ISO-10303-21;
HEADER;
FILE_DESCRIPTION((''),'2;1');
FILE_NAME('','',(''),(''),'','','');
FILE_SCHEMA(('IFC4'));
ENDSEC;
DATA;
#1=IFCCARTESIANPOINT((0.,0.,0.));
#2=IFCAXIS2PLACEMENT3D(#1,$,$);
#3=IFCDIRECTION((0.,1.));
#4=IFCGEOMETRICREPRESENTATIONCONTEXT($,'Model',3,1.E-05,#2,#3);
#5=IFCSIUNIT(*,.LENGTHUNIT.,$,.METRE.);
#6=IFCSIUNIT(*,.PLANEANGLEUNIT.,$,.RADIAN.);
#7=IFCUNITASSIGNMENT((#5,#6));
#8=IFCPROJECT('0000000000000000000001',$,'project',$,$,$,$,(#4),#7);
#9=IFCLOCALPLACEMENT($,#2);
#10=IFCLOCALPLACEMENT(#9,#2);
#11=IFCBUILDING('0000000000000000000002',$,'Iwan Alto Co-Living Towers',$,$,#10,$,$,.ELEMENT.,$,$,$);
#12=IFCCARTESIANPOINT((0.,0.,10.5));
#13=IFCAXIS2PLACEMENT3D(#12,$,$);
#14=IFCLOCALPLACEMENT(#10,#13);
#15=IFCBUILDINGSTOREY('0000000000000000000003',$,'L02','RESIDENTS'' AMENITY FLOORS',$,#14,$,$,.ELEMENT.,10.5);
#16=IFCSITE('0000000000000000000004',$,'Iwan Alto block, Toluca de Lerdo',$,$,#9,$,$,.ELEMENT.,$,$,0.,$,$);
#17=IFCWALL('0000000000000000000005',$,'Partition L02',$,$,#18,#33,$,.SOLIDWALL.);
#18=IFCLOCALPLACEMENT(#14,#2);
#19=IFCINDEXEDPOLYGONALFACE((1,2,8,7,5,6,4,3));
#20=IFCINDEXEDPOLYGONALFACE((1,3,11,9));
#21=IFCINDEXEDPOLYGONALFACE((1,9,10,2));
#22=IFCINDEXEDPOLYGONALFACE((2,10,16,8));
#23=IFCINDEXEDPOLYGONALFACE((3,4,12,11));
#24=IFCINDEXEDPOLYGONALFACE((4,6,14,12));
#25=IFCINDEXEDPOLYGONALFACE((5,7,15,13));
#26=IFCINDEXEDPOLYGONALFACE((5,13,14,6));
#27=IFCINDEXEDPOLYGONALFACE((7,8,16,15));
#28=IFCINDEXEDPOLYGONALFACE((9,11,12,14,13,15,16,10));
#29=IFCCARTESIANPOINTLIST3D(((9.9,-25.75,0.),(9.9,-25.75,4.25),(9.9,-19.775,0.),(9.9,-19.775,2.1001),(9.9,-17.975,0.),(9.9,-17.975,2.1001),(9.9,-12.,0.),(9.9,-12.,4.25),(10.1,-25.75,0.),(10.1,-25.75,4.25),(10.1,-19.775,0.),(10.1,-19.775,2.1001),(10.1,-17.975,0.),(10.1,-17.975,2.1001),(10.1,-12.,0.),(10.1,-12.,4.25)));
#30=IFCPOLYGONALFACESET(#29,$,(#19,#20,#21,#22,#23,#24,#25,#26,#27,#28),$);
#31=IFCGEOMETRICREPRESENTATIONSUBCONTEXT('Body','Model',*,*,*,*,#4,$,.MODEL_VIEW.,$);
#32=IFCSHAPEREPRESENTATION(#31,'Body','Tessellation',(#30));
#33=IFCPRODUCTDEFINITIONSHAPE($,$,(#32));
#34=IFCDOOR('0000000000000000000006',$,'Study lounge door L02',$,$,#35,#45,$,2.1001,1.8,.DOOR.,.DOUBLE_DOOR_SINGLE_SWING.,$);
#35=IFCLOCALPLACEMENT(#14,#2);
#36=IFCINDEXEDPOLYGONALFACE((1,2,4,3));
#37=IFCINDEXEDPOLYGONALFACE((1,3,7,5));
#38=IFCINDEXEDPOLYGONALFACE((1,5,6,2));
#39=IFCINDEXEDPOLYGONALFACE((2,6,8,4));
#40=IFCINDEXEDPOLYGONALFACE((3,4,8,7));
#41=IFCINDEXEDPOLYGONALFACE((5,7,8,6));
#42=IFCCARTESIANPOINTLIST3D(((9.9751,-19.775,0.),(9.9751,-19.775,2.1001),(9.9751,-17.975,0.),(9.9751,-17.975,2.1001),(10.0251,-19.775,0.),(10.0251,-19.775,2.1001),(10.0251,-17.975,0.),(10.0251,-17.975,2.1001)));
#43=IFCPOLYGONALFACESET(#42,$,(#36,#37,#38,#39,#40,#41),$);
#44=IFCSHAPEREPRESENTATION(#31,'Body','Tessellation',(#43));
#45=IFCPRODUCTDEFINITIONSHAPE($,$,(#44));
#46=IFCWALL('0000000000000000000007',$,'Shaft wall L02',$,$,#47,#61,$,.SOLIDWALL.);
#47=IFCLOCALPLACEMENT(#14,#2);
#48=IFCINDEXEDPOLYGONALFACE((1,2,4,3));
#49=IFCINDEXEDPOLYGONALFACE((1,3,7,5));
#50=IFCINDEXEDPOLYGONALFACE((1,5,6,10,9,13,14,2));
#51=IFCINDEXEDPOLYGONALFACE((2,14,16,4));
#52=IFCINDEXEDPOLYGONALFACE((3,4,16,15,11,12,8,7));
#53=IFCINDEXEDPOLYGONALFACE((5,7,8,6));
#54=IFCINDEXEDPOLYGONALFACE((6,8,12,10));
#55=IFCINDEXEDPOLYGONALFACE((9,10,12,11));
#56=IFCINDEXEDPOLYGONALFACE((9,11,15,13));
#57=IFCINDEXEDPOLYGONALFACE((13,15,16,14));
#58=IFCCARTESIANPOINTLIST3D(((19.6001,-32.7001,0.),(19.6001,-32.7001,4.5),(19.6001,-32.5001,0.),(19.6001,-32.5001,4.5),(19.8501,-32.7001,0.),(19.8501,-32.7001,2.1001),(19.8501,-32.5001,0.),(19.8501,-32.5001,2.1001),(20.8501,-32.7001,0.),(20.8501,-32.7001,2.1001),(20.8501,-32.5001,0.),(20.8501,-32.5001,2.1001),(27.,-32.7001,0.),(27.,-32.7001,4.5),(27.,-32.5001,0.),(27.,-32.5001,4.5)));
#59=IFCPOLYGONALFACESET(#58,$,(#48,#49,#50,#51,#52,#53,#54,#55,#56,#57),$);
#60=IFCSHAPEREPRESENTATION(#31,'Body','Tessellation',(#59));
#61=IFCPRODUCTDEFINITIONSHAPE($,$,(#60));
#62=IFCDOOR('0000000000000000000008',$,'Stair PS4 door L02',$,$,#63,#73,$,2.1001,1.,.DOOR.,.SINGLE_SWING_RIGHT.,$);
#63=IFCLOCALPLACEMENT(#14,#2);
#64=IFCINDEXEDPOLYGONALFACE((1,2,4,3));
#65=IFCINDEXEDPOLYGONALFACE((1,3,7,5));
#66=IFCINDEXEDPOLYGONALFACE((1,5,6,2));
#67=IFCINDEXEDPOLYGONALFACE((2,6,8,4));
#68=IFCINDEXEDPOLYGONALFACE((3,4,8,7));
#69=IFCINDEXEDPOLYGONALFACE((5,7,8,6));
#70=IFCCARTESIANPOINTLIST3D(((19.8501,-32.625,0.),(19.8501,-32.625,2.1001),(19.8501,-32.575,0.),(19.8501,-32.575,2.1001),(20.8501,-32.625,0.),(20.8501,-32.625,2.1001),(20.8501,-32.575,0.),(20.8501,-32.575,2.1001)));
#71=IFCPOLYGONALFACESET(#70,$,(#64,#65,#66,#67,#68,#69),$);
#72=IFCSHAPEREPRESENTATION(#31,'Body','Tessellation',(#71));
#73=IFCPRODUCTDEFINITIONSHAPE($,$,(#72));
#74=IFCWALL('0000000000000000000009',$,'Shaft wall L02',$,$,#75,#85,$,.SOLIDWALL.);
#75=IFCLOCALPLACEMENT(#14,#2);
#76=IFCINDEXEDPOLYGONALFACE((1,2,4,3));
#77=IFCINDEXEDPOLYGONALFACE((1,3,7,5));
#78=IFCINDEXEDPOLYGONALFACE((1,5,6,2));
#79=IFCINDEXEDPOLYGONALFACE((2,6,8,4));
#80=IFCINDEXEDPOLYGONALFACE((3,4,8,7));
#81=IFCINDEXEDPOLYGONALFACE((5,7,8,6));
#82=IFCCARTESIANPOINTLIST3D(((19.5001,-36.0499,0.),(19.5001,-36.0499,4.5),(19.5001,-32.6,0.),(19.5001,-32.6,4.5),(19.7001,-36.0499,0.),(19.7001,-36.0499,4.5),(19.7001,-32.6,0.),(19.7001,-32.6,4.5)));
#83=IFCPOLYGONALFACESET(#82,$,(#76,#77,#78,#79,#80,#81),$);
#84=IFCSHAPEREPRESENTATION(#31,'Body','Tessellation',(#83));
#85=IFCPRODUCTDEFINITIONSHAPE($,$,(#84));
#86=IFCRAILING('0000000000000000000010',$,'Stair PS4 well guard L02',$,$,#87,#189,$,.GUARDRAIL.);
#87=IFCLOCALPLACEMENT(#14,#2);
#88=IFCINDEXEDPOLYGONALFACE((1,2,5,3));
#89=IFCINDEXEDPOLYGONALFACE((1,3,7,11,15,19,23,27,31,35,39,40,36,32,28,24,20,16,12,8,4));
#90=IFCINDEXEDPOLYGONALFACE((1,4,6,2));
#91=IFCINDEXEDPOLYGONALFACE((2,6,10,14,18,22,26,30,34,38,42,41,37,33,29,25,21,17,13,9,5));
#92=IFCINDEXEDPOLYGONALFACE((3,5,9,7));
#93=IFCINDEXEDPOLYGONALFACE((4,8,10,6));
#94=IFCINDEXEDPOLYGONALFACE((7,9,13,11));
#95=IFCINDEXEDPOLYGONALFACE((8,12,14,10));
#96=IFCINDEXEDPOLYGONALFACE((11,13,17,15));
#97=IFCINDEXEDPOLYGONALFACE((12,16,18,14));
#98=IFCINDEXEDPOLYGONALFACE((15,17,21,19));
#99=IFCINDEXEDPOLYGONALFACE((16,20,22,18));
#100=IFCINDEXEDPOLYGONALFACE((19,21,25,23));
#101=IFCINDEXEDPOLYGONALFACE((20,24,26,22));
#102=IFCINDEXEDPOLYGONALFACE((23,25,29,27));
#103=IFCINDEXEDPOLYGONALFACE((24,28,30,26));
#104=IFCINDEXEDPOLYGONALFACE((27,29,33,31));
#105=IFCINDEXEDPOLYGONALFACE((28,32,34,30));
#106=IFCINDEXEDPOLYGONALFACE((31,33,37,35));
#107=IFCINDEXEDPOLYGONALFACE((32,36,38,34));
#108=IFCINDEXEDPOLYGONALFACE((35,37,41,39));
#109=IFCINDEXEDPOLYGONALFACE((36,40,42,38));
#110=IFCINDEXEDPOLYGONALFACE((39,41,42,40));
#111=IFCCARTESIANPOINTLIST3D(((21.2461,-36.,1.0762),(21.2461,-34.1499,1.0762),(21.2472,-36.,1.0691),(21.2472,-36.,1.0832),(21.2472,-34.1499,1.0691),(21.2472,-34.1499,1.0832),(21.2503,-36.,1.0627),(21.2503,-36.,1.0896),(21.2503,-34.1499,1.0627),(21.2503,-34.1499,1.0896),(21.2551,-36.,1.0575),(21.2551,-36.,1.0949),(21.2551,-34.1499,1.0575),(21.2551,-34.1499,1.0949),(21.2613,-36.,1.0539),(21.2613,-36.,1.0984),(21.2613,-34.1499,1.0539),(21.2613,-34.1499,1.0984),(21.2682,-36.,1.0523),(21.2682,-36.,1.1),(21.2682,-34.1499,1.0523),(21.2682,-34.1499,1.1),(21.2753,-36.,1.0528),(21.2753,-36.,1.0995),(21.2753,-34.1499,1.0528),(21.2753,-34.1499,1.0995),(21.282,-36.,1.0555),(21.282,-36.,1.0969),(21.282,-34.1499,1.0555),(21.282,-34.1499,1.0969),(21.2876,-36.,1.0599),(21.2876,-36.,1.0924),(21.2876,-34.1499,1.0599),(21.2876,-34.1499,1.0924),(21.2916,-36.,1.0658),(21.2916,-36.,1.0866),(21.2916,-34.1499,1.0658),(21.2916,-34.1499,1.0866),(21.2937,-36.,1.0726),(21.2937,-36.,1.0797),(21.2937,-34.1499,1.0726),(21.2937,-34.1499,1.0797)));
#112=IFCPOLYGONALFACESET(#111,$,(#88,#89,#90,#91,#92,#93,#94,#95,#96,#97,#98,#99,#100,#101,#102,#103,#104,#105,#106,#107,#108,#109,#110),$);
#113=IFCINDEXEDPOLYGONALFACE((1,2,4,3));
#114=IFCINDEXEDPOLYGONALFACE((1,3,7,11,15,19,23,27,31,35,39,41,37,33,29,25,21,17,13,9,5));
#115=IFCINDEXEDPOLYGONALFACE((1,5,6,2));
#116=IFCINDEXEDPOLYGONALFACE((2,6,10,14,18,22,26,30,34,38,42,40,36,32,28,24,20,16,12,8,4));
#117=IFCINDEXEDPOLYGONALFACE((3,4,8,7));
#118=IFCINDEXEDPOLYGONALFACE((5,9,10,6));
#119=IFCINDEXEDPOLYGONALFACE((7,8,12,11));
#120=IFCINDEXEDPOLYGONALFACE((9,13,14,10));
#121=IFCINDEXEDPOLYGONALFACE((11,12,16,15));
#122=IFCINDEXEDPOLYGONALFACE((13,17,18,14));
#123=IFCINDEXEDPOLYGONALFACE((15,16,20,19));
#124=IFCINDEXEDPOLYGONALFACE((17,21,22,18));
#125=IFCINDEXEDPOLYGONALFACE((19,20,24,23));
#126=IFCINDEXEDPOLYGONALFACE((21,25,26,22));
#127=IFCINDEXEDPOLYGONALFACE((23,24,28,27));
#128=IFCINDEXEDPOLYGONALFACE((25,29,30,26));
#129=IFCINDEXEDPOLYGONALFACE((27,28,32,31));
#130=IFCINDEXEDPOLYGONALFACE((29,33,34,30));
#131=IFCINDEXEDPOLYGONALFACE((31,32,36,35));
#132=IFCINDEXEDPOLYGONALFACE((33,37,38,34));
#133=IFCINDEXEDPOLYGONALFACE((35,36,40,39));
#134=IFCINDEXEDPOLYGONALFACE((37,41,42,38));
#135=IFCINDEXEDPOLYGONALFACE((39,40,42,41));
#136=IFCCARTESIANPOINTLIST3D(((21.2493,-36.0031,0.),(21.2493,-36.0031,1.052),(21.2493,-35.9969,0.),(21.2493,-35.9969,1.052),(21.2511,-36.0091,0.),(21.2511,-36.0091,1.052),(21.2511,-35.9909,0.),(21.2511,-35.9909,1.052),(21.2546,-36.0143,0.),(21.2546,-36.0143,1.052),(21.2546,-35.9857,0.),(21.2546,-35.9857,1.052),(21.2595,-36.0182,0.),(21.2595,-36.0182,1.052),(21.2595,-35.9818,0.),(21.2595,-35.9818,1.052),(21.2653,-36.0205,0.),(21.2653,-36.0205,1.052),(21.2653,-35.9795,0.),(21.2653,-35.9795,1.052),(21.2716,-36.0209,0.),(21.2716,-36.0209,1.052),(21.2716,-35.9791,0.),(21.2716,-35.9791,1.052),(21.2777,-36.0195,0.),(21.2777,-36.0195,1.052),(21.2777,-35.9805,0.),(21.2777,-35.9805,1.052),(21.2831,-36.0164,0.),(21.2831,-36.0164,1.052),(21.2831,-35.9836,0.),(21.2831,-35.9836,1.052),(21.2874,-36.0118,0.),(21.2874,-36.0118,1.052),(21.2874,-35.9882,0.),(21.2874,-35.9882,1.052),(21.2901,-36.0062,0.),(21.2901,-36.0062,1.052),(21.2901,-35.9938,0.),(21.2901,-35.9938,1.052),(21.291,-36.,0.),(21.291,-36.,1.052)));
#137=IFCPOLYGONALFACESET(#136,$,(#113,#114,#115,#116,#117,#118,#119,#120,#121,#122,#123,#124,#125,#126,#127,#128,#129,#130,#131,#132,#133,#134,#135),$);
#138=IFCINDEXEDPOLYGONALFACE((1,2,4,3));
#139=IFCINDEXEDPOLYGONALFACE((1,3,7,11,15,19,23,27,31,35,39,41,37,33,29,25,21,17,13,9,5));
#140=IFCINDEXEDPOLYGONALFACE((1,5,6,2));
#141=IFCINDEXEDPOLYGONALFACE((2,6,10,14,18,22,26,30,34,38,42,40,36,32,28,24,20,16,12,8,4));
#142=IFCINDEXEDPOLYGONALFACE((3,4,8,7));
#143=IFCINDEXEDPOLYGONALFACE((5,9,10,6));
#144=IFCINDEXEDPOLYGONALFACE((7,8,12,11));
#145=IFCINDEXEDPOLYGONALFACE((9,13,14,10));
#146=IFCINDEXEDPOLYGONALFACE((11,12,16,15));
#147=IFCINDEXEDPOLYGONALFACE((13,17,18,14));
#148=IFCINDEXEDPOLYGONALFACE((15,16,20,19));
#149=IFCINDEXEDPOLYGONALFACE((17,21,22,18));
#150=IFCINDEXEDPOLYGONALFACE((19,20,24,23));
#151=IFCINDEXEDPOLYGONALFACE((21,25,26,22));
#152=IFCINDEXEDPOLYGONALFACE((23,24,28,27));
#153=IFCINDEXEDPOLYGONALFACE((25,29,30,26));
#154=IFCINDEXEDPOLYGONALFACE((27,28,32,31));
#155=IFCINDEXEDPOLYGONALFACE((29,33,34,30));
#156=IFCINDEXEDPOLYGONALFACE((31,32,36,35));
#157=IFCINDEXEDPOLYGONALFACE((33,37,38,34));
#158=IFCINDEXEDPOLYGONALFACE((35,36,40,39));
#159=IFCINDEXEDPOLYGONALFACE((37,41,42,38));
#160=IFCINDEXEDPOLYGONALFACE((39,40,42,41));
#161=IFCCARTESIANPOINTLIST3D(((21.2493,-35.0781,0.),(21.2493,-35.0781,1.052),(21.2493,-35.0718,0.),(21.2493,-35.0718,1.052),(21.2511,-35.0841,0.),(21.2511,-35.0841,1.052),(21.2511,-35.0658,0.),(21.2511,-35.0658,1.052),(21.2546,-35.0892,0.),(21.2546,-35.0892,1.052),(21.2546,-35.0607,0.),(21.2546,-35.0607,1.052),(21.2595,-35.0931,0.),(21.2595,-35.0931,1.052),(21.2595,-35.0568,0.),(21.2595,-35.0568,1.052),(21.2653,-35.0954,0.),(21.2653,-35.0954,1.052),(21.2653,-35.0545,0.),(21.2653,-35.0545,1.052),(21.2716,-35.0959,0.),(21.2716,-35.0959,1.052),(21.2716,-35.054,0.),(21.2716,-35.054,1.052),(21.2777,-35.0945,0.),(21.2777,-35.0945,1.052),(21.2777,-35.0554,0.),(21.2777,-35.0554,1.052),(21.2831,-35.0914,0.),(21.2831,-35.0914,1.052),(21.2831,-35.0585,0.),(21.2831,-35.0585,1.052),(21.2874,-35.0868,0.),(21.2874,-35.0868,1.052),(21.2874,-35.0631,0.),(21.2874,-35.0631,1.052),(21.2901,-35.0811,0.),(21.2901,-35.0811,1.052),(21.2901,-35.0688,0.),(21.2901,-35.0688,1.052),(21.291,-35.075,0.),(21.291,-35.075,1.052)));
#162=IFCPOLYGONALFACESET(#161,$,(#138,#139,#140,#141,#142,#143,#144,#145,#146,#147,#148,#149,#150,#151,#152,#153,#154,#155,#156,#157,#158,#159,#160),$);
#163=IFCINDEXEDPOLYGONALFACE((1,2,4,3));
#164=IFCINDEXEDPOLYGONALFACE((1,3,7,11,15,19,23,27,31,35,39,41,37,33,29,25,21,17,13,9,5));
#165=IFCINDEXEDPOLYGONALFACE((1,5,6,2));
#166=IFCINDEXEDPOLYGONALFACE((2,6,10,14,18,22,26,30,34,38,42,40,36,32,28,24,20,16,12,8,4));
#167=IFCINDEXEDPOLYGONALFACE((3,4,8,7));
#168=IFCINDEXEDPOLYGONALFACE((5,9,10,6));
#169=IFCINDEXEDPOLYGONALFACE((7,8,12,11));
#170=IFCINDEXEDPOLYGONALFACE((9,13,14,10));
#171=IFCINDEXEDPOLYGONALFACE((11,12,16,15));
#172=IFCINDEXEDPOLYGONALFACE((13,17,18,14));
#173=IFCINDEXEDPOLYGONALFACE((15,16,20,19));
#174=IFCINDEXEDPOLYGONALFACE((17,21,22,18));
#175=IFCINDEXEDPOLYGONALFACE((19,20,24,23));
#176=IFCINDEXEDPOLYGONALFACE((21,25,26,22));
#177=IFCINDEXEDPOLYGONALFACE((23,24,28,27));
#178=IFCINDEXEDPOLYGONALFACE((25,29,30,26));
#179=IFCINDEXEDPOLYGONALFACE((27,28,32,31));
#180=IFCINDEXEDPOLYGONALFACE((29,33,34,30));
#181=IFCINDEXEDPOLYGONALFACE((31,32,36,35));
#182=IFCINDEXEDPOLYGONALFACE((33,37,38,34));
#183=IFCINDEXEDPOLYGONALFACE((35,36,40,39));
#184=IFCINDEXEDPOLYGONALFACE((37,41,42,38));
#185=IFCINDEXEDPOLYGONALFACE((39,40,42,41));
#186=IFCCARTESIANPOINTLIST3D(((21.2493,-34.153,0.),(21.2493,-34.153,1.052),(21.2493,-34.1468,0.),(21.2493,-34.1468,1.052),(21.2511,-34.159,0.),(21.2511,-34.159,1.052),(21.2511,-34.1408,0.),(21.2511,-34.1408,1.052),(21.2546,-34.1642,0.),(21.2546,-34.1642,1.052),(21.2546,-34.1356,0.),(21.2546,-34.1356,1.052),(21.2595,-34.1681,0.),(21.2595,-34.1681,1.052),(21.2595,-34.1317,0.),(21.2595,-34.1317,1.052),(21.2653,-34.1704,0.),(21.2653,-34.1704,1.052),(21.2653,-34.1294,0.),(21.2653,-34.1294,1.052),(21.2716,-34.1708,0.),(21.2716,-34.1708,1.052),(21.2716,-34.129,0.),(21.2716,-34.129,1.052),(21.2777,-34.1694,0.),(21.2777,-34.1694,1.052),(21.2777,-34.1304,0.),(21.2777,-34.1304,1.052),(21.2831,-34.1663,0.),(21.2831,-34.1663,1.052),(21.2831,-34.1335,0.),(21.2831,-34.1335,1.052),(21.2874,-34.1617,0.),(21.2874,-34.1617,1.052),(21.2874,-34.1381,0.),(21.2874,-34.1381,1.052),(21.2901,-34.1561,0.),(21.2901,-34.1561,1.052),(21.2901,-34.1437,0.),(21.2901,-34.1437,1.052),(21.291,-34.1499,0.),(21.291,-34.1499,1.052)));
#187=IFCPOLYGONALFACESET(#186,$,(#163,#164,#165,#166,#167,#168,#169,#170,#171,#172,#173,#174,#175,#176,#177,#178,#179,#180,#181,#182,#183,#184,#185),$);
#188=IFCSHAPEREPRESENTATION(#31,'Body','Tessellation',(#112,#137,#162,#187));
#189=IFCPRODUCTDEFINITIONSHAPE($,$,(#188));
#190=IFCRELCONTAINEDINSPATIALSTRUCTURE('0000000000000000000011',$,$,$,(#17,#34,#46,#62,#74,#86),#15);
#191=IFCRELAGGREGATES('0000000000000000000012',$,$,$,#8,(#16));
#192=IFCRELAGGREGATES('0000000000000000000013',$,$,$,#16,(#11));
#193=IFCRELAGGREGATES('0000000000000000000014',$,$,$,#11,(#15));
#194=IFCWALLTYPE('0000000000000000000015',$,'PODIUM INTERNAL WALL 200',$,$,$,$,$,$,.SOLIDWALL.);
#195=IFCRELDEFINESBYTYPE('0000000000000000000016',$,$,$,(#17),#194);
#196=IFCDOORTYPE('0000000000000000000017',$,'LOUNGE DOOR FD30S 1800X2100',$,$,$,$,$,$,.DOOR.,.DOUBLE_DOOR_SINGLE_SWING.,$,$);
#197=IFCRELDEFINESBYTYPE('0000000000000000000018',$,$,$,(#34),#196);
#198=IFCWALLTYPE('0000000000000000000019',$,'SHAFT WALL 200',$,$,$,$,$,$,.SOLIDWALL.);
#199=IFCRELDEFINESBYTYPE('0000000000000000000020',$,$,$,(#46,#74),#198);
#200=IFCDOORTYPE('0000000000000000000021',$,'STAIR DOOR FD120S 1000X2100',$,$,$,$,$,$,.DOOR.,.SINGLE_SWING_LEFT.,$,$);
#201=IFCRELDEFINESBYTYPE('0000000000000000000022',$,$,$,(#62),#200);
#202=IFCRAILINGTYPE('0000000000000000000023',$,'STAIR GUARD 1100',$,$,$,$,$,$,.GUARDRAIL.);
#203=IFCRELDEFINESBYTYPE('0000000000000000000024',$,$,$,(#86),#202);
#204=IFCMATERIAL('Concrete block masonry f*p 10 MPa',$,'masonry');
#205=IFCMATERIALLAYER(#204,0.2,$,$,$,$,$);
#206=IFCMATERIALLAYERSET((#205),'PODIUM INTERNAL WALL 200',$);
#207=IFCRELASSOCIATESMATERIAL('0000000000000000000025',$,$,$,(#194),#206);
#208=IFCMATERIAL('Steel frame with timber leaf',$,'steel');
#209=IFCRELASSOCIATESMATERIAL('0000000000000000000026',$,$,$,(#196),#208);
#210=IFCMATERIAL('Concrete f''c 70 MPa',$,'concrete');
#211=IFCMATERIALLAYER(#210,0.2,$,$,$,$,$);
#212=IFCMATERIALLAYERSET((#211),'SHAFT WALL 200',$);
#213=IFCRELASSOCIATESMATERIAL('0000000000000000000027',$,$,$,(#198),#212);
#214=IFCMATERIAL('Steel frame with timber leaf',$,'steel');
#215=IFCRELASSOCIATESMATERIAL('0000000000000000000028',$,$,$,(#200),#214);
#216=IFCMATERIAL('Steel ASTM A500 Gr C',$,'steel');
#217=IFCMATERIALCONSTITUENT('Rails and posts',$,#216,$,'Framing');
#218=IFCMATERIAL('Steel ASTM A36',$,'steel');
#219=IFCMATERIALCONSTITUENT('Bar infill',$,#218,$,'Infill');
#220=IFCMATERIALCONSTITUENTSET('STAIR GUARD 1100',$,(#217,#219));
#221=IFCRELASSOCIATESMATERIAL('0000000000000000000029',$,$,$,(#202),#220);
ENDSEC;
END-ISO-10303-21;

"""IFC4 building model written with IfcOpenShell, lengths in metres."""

from ifc_helpers import new_model, si_unit, direction, frame, frame_2d, origin, origin_2d, place, context, subcontext, project, spatial, rectangle, circle, extrude, material, layer, layer_set, constituent, constituent_set, type_object, element, fill, save


model = new_model("IFC4")

# Units and contexts
model_context = context("Model", 3, precision=1e-05, world=origin(), true_north=direction((0.0, 1.0)))
body_context = subcontext(model_context, "Body", "Model", "MODEL_VIEW")
ifc_project = project(units=[si_unit("LENGTHUNIT", "METRE"), si_unit("PLANEANGLEUNIT", "RADIAN")], contexts=[model_context])

# Site, building, storey
site_placement = place(None, origin())
site = spatial("IfcSite", under=ifc_project, at=site_placement, Name="Iwan Alto block, Toluca de Lerdo", CompositionType="ELEMENT", RefElevation=0.0)
building_placement = place(site_placement, origin())
building = spatial("IfcBuilding", under=site, at=building_placement, Name="Iwan Alto Co-Living Towers", CompositionType="ELEMENT")
storey_placement = place(building_placement, frame((0.0, 0.0, 10.5)))
storey = spatial("IfcBuildingStorey", under=building, at=storey_placement, Name="L02", Description="RESIDENTS' AMENITY FLOORS", CompositionType="ELEMENT", Elevation=10.5)

# Shared definitions
ifc_material_1 = material(Name="Concrete block masonry f*p 10 MPa", Category="masonry")
ifc_layer_1 = layer(ifc_material_1, 0.2)
ifc_layer_set_1 = layer_set([ifc_layer_1], Name="PODIUM INTERNAL WALL 200")
wall_type_1 = type_object("IfcWallType", Name="PODIUM INTERNAL WALL 200", PredefinedType="SOLIDWALL", material=ifc_layer_set_1)

# Walls, openings, doors
wall_1_placement = place(storey_placement, frame((10.0, -25.75, 0.0), z_axis=(0.0, 0.0, 1.0), x_axis=(0.0, 1.0, 0.0)))
wall_1 = element("IfcWall", 1, at=wall_1_placement, inside=storey, type_object=wall_type_1, Name="Partition L02", PredefinedType="SOLIDWALL", context=body_context, shape_type="SweptSolid", body=[
    extrude(rectangle(XDim=13.75, YDim=0.2, at=frame_2d((6.875, 0.0))), origin(), (0.0, 0.0, 1.0), 4.25),
])
opening_1_placement = place(wall_1_placement, frame((5.9751, 0.0, 0.0)))
opening_1 = element("IfcOpeningElement", 2, at=opening_1_placement, cuts=wall_1, PredefinedType="OPENING", context=body_context, shape_type="SweptSolid", body=[
    extrude(rectangle(XDim=1.8, YDim=2.1001, at=frame_2d((0.8999, 1.05))), frame((0.0, 0.1099, 0.0), z_axis=(0.0, -1.0, 0.0), x_axis=(1.0, 0.0, 0.0)), (0.0, 0.0, 1.0), 0.22),
])
ifc_material_2 = material(Name="Steel frame with timber leaf", Category="steel")
door_type_1 = type_object("IfcDoorType", Name="LOUNGE DOOR FD30S 1800X2100", OperationType="DOUBLE_DOOR_SINGLE_SWING", PredefinedType="DOOR", material=ifc_material_2)
door_1_placement = place(opening_1_placement, origin())
door_1 = element("IfcDoor", 3, at=door_1_placement, inside=storey, type_object=door_type_1, Name="Study lounge door L02", OperationType="DOUBLE_DOOR_SINGLE_SWING", OverallHeight=2.1001, OverallWidth=1.8, PredefinedType="DOOR", context=body_context, shape_type="SweptSolid", body=[
    extrude(rectangle(XDim=1.8, YDim=2.1001, at=frame_2d((0.8999, 1.05))), frame((0.0, 0.0249, 0.0), z_axis=(0.0, -1.0, 0.0), x_axis=(1.0, 0.0, 0.0)), (0.0, 0.0, 1.0), 0.05),
])
fill(opening_1, door_1)
ifc_material_3 = material(Name="Concrete f'c 70 MPa", Category="concrete")
ifc_layer_2 = layer(ifc_material_3, 0.2)
ifc_layer_set_2 = layer_set([ifc_layer_2], Name="SHAFT WALL 200")
wall_type_2 = type_object("IfcWallType", Name="SHAFT WALL 200", PredefinedType="SOLIDWALL", material=ifc_layer_set_2)
wall_2_placement = place(storey_placement, frame((19.6001, -32.6001, 0.0), z_axis=(0.0, 0.0, 1.0), x_axis=(1.0, 0.0, 0.0)))
wall_2 = element("IfcWall", 4, at=wall_2_placement, inside=storey, type_object=wall_type_2, Name="Shaft wall L02", PredefinedType="SOLIDWALL", context=body_context, shape_type="SweptSolid", body=[
    extrude(rectangle(XDim=7.3999, YDim=0.2, at=frame_2d((3.7, 0.0))), origin(), (0.0, 0.0, 1.0), 4.5),
])
opening_2_placement = place(wall_2_placement, frame((0.25, 0.0, 0.0)))
opening_2 = element("IfcOpeningElement", 5, at=opening_2_placement, cuts=wall_2, PredefinedType="OPENING", context=body_context, shape_type="SweptSolid", body=[
    extrude(rectangle(XDim=1.0, YDim=2.1001, at=frame_2d((0.5, 1.05))), frame((0.0, 0.1099, 0.0), z_axis=(0.0, -1.0, 0.0), x_axis=(1.0, 0.0, 0.0)), (0.0, 0.0, 1.0), 0.22),
])
ifc_material_4 = material(Name="Steel frame with timber leaf", Category="steel")
door_type_2 = type_object("IfcDoorType", Name="STAIR DOOR FD120S 1000X2100", OperationType="SINGLE_SWING_LEFT", PredefinedType="DOOR", material=ifc_material_4)
door_2_placement = place(opening_2_placement, frame((1.0, 0.0, 0.0), z_axis=(0.0, 0.0, 1.0), x_axis=(-1.0, 0.0, 0.0)))
door_2 = element("IfcDoor", 6, at=door_2_placement, inside=storey, type_object=door_type_2, Name="Stair PS4 door L02", OperationType="SINGLE_SWING_RIGHT", OverallHeight=2.1001, OverallWidth=1.0, PredefinedType="DOOR", context=body_context, shape_type="SweptSolid", body=[
    extrude(rectangle(XDim=1.0, YDim=2.1001, at=frame_2d((0.5, 1.05))), frame((0.0, 0.0249, 0.0), z_axis=(0.0, -1.0, 0.0), x_axis=(1.0, 0.0, 0.0)), (0.0, 0.0, 1.0), 0.05),
])
fill(opening_2, door_2)

# Wall
wall_3_placement = place(storey_placement, frame((19.6001, -36.05, 0.0), z_axis=(0.0, 0.0, 1.0), x_axis=(0.0, 1.0, 0.0)))
element("IfcWall", 7, at=wall_3_placement, inside=storey, type_object=wall_type_2, Name="Shaft wall L02", PredefinedType="SOLIDWALL", context=body_context, shape_type="SweptSolid", body=[
    extrude(rectangle(XDim=3.45, YDim=0.2, at=frame_2d((1.7251, 0.0))), origin(), (0.0, 0.0, 1.0), 4.5),
])

# Railing
ifc_material_5 = material(Name="Steel ASTM A500 Gr C", Category="steel")
ifc_constituent_1 = constituent(ifc_material_5, Name="Rails and posts", Category="Framing")
ifc_material_6 = material(Name="Steel ASTM A36", Category="steel")
ifc_constituent_2 = constituent(ifc_material_6, Name="Bar infill", Category="Infill")
ifc_constituent_set = constituent_set(constituents=[ifc_constituent_1, ifc_constituent_2], Name="STAIR GUARD 1100")
railing_type = type_object("IfcRailingType", Name="STAIR GUARD 1100", PredefinedType="GUARDRAIL", material=ifc_constituent_set)
railing_placement = place(storey_placement, frame((21.27, -36.0, 0.0)))
element("IfcRailing", 8, at=railing_placement, inside=storey, type_object=railing_type, Name="Stair PS4 well guard L02", PredefinedType="GUARDRAIL", context=body_context, shape_type="SweptSolid", body=[
    extrude(circle(Radius=0.0239, at=origin_2d()), frame((0.0, 0.0, 1.0762), z_axis=(0.0, 1.0, 0.0), x_axis=(-1.0, 0.0, 0.0)), (0.0, 0.0, 1.0), 1.8501),
    extrude(circle(Radius=0.021, at=origin_2d()), origin(), (0.0, 0.0, 1.0), 1.052),
    extrude(circle(Radius=0.021, at=origin_2d()), frame((0.0, 0.925, 0.0)), (0.0, 0.0, 1.0), 1.052),
    extrude(circle(Radius=0.021, at=origin_2d()), frame((0.0, 1.8501, 0.0)), (0.0, 0.0, 1.0), 1.052),
])

save(model, "model.ifc")
